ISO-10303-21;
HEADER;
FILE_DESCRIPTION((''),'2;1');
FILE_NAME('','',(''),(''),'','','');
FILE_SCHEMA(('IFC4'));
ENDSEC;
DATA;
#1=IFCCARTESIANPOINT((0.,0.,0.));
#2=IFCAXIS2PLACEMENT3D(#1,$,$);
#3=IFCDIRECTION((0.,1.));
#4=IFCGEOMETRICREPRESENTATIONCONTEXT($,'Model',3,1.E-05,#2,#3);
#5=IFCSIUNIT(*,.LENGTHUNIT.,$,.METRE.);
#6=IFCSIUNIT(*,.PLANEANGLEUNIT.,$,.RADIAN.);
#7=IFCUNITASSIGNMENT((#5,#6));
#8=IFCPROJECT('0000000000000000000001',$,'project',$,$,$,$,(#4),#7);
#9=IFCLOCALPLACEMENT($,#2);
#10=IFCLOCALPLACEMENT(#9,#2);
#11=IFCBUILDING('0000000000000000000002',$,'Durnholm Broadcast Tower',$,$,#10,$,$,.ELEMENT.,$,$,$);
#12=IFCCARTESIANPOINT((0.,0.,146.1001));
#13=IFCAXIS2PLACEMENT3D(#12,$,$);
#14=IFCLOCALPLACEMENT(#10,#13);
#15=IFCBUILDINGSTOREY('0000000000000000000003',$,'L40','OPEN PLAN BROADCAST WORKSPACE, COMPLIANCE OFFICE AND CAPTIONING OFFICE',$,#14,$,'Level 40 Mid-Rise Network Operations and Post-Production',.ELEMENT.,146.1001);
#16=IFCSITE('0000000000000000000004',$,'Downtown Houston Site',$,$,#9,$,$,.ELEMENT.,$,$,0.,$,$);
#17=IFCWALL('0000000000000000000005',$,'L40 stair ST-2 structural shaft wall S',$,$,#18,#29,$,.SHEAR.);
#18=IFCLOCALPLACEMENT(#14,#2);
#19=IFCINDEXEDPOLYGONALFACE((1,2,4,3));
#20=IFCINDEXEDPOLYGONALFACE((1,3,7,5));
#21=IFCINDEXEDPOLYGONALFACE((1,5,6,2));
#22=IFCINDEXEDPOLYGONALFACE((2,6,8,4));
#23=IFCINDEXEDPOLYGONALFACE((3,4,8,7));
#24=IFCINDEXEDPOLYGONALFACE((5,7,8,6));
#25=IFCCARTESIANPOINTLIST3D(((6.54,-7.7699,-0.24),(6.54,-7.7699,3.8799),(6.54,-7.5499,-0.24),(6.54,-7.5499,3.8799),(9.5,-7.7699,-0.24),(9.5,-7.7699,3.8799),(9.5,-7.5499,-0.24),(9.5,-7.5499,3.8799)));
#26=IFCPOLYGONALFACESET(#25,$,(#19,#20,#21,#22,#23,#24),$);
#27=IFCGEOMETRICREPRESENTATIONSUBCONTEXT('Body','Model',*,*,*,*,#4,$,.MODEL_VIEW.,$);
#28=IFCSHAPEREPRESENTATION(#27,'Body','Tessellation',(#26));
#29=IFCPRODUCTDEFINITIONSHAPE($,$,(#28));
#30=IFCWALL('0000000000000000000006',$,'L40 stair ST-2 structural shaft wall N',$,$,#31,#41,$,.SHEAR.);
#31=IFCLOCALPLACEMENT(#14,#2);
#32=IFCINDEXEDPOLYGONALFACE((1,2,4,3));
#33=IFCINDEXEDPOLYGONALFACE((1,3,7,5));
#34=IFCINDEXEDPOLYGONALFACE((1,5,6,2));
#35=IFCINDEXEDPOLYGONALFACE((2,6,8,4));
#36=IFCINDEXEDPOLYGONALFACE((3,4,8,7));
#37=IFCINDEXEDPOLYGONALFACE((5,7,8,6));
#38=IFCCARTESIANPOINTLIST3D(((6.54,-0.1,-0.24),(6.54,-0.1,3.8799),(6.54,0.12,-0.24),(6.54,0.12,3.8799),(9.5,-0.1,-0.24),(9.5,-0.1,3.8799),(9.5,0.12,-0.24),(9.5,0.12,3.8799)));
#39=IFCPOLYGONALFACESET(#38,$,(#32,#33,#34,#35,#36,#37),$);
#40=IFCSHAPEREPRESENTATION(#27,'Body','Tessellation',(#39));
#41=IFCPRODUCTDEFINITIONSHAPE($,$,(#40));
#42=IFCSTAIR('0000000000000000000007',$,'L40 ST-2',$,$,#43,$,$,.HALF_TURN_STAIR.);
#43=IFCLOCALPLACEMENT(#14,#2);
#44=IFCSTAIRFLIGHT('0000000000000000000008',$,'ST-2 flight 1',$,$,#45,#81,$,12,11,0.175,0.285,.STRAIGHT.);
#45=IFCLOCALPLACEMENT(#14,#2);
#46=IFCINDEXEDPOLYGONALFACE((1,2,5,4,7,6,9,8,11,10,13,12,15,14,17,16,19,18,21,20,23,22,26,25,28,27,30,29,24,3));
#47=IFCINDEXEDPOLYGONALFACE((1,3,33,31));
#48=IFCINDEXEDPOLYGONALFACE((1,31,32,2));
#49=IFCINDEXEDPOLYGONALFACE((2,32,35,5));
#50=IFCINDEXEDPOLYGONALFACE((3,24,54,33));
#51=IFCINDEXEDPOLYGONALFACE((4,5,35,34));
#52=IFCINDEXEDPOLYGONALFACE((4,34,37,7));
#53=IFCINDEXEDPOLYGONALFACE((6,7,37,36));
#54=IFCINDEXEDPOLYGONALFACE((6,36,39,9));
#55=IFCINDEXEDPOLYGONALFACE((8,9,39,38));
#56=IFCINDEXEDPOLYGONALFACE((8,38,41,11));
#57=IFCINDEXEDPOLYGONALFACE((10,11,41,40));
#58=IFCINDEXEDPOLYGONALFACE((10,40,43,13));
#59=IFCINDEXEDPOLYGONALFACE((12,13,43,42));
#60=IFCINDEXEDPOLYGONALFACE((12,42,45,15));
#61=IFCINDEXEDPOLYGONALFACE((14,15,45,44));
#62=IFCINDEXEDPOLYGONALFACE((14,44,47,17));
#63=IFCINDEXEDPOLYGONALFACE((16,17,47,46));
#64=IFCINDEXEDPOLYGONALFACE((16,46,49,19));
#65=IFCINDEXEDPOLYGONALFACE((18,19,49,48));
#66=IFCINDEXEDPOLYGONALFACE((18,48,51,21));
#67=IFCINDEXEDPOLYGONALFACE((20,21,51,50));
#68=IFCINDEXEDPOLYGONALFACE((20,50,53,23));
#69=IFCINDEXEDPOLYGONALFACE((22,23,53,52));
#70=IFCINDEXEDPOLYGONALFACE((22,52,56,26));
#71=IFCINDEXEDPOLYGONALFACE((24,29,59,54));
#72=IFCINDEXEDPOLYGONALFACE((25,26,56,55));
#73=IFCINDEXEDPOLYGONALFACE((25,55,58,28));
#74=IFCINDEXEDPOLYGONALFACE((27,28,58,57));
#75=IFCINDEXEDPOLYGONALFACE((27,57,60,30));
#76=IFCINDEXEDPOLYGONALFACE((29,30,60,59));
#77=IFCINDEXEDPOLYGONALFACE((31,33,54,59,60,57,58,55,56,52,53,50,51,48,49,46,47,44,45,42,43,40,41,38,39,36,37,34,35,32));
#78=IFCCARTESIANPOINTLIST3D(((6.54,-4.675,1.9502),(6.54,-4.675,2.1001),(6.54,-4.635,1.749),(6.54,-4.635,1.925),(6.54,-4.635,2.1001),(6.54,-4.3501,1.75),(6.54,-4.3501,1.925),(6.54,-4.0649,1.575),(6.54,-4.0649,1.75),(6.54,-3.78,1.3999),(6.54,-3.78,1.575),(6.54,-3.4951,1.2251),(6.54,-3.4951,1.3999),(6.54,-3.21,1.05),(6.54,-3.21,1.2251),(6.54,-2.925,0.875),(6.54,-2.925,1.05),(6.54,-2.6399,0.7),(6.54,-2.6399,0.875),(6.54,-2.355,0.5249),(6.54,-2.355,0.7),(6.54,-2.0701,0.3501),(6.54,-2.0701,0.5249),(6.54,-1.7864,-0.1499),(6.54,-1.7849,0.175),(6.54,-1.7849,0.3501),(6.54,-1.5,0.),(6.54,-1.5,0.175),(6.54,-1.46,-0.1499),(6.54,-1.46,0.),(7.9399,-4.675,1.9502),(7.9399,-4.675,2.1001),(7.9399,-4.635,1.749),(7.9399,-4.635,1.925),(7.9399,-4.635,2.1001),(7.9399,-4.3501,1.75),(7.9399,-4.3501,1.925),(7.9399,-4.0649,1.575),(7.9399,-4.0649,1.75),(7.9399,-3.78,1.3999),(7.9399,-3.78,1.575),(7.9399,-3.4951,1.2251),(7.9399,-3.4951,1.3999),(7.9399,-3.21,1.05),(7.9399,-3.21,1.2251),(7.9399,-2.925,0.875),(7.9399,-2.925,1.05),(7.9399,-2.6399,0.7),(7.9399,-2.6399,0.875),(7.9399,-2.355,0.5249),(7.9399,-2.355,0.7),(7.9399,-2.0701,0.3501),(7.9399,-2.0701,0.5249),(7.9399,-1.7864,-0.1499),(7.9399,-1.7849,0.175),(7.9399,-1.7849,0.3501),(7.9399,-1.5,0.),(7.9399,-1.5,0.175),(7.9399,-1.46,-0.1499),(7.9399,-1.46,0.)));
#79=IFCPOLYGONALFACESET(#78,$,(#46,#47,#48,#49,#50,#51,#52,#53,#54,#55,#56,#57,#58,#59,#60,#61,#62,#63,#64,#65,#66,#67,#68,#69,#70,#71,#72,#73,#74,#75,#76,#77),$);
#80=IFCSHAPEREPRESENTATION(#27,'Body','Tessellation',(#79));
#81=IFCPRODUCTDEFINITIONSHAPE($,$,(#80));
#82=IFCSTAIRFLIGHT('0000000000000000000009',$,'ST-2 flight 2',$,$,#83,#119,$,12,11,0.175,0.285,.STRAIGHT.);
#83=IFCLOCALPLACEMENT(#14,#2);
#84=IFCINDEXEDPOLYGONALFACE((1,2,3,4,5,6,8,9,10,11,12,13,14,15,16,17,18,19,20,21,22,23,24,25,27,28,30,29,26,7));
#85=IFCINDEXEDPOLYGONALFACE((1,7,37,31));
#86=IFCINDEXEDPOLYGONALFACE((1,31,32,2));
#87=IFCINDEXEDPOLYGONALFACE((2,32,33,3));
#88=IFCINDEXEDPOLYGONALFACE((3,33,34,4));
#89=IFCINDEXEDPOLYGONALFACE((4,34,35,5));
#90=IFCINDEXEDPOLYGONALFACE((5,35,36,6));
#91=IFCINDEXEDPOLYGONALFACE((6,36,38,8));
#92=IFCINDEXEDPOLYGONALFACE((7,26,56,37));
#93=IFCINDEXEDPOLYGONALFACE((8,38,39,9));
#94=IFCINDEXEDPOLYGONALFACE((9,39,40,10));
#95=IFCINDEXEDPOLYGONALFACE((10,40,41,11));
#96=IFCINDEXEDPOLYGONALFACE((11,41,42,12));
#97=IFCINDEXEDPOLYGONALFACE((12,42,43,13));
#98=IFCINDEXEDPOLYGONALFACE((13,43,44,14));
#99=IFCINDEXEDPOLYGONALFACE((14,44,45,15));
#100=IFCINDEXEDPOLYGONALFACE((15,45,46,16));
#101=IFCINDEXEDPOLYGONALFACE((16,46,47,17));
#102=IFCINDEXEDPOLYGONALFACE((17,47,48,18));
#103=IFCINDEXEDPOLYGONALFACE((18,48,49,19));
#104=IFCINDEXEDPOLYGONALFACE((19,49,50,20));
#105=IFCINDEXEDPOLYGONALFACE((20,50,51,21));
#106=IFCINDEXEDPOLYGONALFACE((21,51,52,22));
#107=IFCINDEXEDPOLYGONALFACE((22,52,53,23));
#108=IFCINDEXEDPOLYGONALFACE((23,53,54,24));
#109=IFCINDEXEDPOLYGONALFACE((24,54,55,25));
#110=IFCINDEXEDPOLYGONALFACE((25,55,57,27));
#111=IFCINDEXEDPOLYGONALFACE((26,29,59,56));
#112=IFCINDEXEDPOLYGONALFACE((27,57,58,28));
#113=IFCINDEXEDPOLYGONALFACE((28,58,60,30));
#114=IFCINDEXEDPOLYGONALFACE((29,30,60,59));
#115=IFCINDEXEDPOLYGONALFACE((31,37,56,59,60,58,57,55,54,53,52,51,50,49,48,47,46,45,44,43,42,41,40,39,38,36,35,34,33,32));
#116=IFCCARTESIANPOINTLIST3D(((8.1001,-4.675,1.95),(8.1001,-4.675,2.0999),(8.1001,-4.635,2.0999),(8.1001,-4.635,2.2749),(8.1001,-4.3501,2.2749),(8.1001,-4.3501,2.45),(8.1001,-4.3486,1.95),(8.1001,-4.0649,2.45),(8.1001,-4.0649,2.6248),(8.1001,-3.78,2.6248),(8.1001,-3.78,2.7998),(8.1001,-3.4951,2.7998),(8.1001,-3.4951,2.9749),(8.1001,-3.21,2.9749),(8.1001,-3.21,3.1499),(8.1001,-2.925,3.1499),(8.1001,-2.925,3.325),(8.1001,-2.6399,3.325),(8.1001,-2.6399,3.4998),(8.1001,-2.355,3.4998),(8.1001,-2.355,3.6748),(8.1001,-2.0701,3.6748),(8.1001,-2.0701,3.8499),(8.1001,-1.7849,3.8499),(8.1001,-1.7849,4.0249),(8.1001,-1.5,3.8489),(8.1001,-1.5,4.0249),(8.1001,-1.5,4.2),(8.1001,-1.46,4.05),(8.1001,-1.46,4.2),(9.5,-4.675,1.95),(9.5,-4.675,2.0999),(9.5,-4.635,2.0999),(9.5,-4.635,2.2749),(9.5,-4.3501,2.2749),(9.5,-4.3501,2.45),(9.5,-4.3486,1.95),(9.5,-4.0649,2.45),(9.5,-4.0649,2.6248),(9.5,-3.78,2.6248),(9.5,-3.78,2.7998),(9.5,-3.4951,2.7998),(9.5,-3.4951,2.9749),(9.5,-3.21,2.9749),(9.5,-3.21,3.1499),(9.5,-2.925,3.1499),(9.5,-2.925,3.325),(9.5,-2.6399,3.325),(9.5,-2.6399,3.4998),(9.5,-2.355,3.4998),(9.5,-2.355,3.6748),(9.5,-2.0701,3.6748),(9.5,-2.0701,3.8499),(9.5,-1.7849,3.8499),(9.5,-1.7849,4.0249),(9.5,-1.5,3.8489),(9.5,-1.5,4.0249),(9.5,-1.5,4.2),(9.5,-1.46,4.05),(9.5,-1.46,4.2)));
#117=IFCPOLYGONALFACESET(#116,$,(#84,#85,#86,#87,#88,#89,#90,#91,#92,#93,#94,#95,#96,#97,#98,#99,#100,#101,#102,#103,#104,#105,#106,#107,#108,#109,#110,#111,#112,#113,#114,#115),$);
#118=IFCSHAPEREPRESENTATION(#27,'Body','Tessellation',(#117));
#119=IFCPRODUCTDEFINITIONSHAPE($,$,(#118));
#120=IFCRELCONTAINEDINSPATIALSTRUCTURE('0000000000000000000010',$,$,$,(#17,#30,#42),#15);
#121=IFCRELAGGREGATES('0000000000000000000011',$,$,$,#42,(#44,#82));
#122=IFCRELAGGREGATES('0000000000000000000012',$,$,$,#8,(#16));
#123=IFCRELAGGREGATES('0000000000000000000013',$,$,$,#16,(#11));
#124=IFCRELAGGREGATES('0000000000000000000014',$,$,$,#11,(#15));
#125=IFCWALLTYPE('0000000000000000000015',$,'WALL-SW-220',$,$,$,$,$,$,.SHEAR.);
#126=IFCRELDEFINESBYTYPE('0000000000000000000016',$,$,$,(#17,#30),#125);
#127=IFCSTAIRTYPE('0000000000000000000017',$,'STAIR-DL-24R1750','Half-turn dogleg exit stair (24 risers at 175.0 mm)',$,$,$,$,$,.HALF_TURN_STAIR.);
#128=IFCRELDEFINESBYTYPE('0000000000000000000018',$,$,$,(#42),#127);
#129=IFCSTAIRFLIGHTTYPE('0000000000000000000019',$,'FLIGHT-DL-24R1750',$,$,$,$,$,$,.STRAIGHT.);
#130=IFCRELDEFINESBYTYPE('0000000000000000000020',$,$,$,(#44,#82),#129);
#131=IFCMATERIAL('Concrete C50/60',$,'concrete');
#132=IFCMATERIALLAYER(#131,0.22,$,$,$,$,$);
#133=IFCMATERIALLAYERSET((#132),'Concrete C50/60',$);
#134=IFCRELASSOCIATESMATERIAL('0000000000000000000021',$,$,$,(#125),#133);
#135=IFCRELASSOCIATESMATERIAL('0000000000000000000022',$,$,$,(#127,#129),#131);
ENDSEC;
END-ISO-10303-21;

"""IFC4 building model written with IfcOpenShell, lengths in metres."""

from ifc_helpers import new_model, si_unit, direction, frame, frame_2d, origin, place, context, subcontext, project, spatial, polyline, rectangle, outline, extrude, material, layer, layer_set, type_object, element, aggregate, save


model = new_model("IFC4")

# Units and contexts
model_context = context("Model", 3, precision=1e-05, world=origin(), true_north=direction((0.0, 1.0)))
body_context = subcontext(model_context, "Body", "Model", "MODEL_VIEW")
ifc_project = project(units=[si_unit("LENGTHUNIT", "METRE"), si_unit("PLANEANGLEUNIT", "RADIAN")], contexts=[model_context])

# Site, building, storey
site_placement = place(None, origin())
site = spatial("IfcSite", under=ifc_project, at=site_placement, Name="Downtown Houston Site", CompositionType="ELEMENT", RefElevation=0.0)
building_placement = place(site_placement, origin())
building = spatial("IfcBuilding", under=site, at=building_placement, Name="Durnholm Broadcast Tower", CompositionType="ELEMENT")
storey_placement = place(building_placement, frame((0.0, 0.0, 146.1001)))
storey = spatial("IfcBuildingStorey", under=building, at=storey_placement, Name="L40", Description="OPEN PLAN BROADCAST WORKSPACE, COMPLIANCE OFFICE AND CAPTIONING OFFICE", LongName="Level 40 Mid-Rise Network Operations and Post-Production", CompositionType="ELEMENT", Elevation=146.1001)

# Shared definitions
ifc_material_1 = material(Name="Concrete C50/60", Category="concrete")
ifc_layer_1 = layer(ifc_material_1, 0.22)
ifc_layer_set_1 = layer_set([ifc_layer_1], Name="Concrete C50/60")
wall_type_1 = type_object("IfcWallType", Name="WALL-SW-220", PredefinedType="SHEAR", material=ifc_layer_set_1)

# Walls
for number, where, z_axis, x_axis, name in (
    (1, (6.54, -7.6599, -0.24), (0.0, 0.0, 1.0), (1.0, 0.0, 0.0), "L40 stair ST-2 structural shaft wall S"),
    (2, (9.5, 0.01, -0.24), (0.0, 0.0, 1.0), (-1.0, 0.0, 0.0), "L40 stair ST-2 structural shaft wall N"),
):
    element("IfcWall", number, at=place(storey_placement, frame(where, z_axis=z_axis, x_axis=x_axis)), inside=storey, type_object=wall_type_1, Name=name, PredefinedType="SHEAR", context=body_context, shape_type="SweptSolid", body=[
        extrude(rectangle(XDim=2.96, YDim=0.22, at=frame_2d((1.48, 0.0))), origin(), (0.0, 0.0, 1.0), 4.1199),
    ])

# Stair, stair flights
stair_type = type_object("IfcStairType", Name="STAIR-DL-24R1750", Description="Half-turn dogleg exit stair (24 risers at 175.0 mm)", PredefinedType="HALF_TURN_STAIR", material=ifc_material_1)
stair_placement = place(storey_placement, origin())
stair = element("IfcStair", 3, at=stair_placement, inside=storey, type_object=stair_type, Name="L40 ST-2", PredefinedType="HALF_TURN_STAIR")
stair_flight_type = type_object("IfcStairFlightType", Name="FLIGHT-DL-24R1750", PredefinedType="STRAIGHT", material=ifc_material_1)
stair_flight_1_placement = place(storey_placement, frame((7.24, -1.5, 0.0), z_axis=(0.0, 0.0, 1.0), x_axis=(0.0, -1.0, 0.0)))
stair_flight_1 = element("IfcStairFlight", 4, at=stair_flight_1_placement, type_object=stair_flight_type, Name="ST-2 flight 1", NumberOfRisers=12, NumberOfTreads=11, PredefinedType="STRAIGHT", RiserHeight=0.175, TreadLength=0.285, context=body_context, shape_type="SweptSolid", body=[
    extrude(outline(polyline([(-0.04, -0.1499), (-0.04, 0.0), (0.0, 0.0), (0.0, 0.175), (0.2849, 0.175), (0.2849, 0.3501), (0.5701, 0.3501), (0.5701, 0.5249), (0.855, 0.5249), (0.855, 0.7), (1.1399, 0.7), (1.1399, 0.875), (1.425, 0.875), (1.425, 1.05), (1.71, 1.05), (1.71, 1.2251), (1.9951, 1.2251), (1.9951, 1.3999), (2.28, 1.3999), (2.28, 1.575), (2.5649, 1.575), (2.5649, 1.75), (2.8501, 1.75), (2.8501, 1.925), (3.135, 1.925), (3.135, 2.1001), (3.175, 2.1001), (3.175, 1.9502), (3.135, 1.749), (0.2864, -0.1499), (-0.04, -0.1499)])), frame((0.0, 0.7, 0.0), z_axis=(0.0, -1.0, 0.0), x_axis=(1.0, 0.0, 0.0)), (0.0, 0.0, 1.0), 1.3999),
])
stair_flight_2_placement = place(storey_placement, frame((8.8, -4.635, 2.0999), z_axis=(0.0, 0.0, 1.0), x_axis=(0.0, 1.0, 0.0)))
stair_flight_2 = element("IfcStairFlight", 5, at=stair_flight_2_placement, type_object=stair_flight_type, Name="ST-2 flight 2", NumberOfRisers=12, NumberOfTreads=11, PredefinedType="STRAIGHT", RiserHeight=0.175, TreadLength=0.285, context=body_context, shape_type="SweptSolid", body=[
    extrude(outline(polyline([(-0.04, -0.1499), (-0.04, 0.0), (0.0, 0.0), (0.0, 0.175), (0.2849, 0.175), (0.2849, 0.3501), (0.5701, 0.3501), (0.5701, 0.5249), (0.855, 0.5249), (0.855, 0.7), (1.1399, 0.7), (1.1399, 0.875), (1.425, 0.875), (1.425, 1.05), (1.71, 1.05), (1.71, 1.2251), (1.9951, 1.2251), (1.9951, 1.3999), (2.28, 1.3999), (2.28, 1.575), (2.5649, 1.575), (2.5649, 1.75), (2.8501, 1.75), (2.8501, 1.925), (3.135, 1.925), (3.135, 2.1001), (3.175, 2.1001), (3.175, 1.9502), (3.135, 1.749), (0.2864, -0.1499), (-0.04, -0.1499)])), frame((0.0, 0.7, 0.0), z_axis=(0.0, -1.0, 0.0), x_axis=(1.0, 0.0, 0.0)), (0.0, 0.0, 1.0), 1.3999),
])
aggregate(stair, [stair_flight_1, stair_flight_2])

save(model, "model.ifc")
